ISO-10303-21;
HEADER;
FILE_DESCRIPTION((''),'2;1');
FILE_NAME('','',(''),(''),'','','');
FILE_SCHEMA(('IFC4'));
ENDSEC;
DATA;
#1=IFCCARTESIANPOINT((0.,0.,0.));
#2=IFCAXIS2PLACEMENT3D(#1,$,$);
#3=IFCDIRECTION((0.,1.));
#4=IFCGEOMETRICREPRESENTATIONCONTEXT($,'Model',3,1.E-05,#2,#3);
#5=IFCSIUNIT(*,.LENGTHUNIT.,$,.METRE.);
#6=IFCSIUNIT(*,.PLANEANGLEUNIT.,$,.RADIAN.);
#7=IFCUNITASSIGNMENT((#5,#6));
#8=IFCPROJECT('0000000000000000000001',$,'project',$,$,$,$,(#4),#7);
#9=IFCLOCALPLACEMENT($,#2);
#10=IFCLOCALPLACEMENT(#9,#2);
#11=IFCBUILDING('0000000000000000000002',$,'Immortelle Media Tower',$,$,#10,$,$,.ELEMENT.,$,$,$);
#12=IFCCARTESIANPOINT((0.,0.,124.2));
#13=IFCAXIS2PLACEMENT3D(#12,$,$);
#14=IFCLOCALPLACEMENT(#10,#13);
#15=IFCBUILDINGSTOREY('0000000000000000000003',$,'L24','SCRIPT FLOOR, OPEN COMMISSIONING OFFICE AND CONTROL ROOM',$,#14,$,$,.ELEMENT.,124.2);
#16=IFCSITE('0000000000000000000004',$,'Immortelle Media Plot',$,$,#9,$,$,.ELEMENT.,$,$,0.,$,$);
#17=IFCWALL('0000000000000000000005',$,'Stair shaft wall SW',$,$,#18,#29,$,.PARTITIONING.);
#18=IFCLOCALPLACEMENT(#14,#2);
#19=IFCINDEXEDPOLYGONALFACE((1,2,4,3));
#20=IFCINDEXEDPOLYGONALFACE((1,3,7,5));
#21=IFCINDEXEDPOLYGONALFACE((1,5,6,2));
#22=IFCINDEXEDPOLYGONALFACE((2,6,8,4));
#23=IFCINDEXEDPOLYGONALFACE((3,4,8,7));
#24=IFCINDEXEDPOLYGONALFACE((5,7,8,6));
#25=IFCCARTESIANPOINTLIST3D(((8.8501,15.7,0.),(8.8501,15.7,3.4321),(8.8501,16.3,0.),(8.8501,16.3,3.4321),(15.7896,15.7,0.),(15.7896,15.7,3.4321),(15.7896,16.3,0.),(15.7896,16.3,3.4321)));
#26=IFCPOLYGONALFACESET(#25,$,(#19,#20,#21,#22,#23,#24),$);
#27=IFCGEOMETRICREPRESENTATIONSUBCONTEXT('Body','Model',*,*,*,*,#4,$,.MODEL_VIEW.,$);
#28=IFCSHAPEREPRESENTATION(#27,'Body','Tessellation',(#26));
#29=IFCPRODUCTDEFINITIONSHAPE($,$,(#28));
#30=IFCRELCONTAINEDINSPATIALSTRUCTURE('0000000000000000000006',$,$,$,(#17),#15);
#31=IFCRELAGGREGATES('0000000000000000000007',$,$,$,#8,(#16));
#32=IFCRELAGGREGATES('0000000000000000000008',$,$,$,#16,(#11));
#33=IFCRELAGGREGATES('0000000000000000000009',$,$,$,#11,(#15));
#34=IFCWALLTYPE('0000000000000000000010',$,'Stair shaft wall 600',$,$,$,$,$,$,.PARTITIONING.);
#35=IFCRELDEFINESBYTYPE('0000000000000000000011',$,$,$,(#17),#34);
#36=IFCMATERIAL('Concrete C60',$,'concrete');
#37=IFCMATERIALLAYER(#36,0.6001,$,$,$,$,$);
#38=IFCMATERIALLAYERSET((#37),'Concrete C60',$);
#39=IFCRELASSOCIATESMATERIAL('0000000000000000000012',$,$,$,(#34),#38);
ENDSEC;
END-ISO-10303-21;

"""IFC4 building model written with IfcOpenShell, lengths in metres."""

from ifc_helpers import new_model, si_unit, direction, frame, frame_2d, origin, place, context, subcontext, project, spatial, rectangle, extrude, material, layer, layer_set, type_object, element, save


model = new_model("IFC4")

# Units and contexts
model_context = context("Model", 3, precision=1e-05, world=origin(), true_north=direction((0.0, 1.0)))
body_context = subcontext(model_context, "Body", "Model", "MODEL_VIEW")
ifc_project = project(units=[si_unit("LENGTHUNIT", "METRE"), si_unit("PLANEANGLEUNIT", "RADIAN")], contexts=[model_context])

# Site, building, storey
site_placement = place(None, origin())
site = spatial("IfcSite", under=ifc_project, at=site_placement, Name="Immortelle Media Plot", CompositionType="ELEMENT", RefElevation=0.0)
building_placement = place(site_placement, origin())
building = spatial("IfcBuilding", under=site, at=building_placement, Name="Immortelle Media Tower", CompositionType="ELEMENT")
storey_placement = place(building_placement, frame((0.0, 0.0, 124.2)))
storey = spatial("IfcBuildingStorey", under=building, at=storey_placement, Name="L24", Description="SCRIPT FLOOR, OPEN COMMISSIONING OFFICE AND CONTROL ROOM", CompositionType="ELEMENT", Elevation=124.2)

# Wall
ifc_material_1 = material(Name="Concrete C60", Category="concrete")
ifc_layer_1 = layer(ifc_material_1, 0.6001)
ifc_layer_set_1 = layer_set([ifc_layer_1], Name="Concrete C60")
wall_type_1 = type_object("IfcWallType", Name="Stair shaft wall 600", PredefinedType="PARTITIONING", material=ifc_layer_set_1)
wall_1_placement = place(storey_placement, frame((8.8501, 16.0, 0.0), z_axis=(0.0, 0.0, 1.0), x_axis=(1.0, 0.0, 0.0)))
element("IfcWall", 1, at=wall_1_placement, inside=storey, type_object=wall_type_1, Name="Stair shaft wall SW", PredefinedType="PARTITIONING", context=body_context, shape_type="SweptSolid", body=[
    extrude(rectangle(XDim=6.9395, YDim=0.6001, at=frame_2d((3.4697, 0.0))), origin(), (0.0, 0.0, 1.0), 3.4321),
])

save(model, "model.ifc")
